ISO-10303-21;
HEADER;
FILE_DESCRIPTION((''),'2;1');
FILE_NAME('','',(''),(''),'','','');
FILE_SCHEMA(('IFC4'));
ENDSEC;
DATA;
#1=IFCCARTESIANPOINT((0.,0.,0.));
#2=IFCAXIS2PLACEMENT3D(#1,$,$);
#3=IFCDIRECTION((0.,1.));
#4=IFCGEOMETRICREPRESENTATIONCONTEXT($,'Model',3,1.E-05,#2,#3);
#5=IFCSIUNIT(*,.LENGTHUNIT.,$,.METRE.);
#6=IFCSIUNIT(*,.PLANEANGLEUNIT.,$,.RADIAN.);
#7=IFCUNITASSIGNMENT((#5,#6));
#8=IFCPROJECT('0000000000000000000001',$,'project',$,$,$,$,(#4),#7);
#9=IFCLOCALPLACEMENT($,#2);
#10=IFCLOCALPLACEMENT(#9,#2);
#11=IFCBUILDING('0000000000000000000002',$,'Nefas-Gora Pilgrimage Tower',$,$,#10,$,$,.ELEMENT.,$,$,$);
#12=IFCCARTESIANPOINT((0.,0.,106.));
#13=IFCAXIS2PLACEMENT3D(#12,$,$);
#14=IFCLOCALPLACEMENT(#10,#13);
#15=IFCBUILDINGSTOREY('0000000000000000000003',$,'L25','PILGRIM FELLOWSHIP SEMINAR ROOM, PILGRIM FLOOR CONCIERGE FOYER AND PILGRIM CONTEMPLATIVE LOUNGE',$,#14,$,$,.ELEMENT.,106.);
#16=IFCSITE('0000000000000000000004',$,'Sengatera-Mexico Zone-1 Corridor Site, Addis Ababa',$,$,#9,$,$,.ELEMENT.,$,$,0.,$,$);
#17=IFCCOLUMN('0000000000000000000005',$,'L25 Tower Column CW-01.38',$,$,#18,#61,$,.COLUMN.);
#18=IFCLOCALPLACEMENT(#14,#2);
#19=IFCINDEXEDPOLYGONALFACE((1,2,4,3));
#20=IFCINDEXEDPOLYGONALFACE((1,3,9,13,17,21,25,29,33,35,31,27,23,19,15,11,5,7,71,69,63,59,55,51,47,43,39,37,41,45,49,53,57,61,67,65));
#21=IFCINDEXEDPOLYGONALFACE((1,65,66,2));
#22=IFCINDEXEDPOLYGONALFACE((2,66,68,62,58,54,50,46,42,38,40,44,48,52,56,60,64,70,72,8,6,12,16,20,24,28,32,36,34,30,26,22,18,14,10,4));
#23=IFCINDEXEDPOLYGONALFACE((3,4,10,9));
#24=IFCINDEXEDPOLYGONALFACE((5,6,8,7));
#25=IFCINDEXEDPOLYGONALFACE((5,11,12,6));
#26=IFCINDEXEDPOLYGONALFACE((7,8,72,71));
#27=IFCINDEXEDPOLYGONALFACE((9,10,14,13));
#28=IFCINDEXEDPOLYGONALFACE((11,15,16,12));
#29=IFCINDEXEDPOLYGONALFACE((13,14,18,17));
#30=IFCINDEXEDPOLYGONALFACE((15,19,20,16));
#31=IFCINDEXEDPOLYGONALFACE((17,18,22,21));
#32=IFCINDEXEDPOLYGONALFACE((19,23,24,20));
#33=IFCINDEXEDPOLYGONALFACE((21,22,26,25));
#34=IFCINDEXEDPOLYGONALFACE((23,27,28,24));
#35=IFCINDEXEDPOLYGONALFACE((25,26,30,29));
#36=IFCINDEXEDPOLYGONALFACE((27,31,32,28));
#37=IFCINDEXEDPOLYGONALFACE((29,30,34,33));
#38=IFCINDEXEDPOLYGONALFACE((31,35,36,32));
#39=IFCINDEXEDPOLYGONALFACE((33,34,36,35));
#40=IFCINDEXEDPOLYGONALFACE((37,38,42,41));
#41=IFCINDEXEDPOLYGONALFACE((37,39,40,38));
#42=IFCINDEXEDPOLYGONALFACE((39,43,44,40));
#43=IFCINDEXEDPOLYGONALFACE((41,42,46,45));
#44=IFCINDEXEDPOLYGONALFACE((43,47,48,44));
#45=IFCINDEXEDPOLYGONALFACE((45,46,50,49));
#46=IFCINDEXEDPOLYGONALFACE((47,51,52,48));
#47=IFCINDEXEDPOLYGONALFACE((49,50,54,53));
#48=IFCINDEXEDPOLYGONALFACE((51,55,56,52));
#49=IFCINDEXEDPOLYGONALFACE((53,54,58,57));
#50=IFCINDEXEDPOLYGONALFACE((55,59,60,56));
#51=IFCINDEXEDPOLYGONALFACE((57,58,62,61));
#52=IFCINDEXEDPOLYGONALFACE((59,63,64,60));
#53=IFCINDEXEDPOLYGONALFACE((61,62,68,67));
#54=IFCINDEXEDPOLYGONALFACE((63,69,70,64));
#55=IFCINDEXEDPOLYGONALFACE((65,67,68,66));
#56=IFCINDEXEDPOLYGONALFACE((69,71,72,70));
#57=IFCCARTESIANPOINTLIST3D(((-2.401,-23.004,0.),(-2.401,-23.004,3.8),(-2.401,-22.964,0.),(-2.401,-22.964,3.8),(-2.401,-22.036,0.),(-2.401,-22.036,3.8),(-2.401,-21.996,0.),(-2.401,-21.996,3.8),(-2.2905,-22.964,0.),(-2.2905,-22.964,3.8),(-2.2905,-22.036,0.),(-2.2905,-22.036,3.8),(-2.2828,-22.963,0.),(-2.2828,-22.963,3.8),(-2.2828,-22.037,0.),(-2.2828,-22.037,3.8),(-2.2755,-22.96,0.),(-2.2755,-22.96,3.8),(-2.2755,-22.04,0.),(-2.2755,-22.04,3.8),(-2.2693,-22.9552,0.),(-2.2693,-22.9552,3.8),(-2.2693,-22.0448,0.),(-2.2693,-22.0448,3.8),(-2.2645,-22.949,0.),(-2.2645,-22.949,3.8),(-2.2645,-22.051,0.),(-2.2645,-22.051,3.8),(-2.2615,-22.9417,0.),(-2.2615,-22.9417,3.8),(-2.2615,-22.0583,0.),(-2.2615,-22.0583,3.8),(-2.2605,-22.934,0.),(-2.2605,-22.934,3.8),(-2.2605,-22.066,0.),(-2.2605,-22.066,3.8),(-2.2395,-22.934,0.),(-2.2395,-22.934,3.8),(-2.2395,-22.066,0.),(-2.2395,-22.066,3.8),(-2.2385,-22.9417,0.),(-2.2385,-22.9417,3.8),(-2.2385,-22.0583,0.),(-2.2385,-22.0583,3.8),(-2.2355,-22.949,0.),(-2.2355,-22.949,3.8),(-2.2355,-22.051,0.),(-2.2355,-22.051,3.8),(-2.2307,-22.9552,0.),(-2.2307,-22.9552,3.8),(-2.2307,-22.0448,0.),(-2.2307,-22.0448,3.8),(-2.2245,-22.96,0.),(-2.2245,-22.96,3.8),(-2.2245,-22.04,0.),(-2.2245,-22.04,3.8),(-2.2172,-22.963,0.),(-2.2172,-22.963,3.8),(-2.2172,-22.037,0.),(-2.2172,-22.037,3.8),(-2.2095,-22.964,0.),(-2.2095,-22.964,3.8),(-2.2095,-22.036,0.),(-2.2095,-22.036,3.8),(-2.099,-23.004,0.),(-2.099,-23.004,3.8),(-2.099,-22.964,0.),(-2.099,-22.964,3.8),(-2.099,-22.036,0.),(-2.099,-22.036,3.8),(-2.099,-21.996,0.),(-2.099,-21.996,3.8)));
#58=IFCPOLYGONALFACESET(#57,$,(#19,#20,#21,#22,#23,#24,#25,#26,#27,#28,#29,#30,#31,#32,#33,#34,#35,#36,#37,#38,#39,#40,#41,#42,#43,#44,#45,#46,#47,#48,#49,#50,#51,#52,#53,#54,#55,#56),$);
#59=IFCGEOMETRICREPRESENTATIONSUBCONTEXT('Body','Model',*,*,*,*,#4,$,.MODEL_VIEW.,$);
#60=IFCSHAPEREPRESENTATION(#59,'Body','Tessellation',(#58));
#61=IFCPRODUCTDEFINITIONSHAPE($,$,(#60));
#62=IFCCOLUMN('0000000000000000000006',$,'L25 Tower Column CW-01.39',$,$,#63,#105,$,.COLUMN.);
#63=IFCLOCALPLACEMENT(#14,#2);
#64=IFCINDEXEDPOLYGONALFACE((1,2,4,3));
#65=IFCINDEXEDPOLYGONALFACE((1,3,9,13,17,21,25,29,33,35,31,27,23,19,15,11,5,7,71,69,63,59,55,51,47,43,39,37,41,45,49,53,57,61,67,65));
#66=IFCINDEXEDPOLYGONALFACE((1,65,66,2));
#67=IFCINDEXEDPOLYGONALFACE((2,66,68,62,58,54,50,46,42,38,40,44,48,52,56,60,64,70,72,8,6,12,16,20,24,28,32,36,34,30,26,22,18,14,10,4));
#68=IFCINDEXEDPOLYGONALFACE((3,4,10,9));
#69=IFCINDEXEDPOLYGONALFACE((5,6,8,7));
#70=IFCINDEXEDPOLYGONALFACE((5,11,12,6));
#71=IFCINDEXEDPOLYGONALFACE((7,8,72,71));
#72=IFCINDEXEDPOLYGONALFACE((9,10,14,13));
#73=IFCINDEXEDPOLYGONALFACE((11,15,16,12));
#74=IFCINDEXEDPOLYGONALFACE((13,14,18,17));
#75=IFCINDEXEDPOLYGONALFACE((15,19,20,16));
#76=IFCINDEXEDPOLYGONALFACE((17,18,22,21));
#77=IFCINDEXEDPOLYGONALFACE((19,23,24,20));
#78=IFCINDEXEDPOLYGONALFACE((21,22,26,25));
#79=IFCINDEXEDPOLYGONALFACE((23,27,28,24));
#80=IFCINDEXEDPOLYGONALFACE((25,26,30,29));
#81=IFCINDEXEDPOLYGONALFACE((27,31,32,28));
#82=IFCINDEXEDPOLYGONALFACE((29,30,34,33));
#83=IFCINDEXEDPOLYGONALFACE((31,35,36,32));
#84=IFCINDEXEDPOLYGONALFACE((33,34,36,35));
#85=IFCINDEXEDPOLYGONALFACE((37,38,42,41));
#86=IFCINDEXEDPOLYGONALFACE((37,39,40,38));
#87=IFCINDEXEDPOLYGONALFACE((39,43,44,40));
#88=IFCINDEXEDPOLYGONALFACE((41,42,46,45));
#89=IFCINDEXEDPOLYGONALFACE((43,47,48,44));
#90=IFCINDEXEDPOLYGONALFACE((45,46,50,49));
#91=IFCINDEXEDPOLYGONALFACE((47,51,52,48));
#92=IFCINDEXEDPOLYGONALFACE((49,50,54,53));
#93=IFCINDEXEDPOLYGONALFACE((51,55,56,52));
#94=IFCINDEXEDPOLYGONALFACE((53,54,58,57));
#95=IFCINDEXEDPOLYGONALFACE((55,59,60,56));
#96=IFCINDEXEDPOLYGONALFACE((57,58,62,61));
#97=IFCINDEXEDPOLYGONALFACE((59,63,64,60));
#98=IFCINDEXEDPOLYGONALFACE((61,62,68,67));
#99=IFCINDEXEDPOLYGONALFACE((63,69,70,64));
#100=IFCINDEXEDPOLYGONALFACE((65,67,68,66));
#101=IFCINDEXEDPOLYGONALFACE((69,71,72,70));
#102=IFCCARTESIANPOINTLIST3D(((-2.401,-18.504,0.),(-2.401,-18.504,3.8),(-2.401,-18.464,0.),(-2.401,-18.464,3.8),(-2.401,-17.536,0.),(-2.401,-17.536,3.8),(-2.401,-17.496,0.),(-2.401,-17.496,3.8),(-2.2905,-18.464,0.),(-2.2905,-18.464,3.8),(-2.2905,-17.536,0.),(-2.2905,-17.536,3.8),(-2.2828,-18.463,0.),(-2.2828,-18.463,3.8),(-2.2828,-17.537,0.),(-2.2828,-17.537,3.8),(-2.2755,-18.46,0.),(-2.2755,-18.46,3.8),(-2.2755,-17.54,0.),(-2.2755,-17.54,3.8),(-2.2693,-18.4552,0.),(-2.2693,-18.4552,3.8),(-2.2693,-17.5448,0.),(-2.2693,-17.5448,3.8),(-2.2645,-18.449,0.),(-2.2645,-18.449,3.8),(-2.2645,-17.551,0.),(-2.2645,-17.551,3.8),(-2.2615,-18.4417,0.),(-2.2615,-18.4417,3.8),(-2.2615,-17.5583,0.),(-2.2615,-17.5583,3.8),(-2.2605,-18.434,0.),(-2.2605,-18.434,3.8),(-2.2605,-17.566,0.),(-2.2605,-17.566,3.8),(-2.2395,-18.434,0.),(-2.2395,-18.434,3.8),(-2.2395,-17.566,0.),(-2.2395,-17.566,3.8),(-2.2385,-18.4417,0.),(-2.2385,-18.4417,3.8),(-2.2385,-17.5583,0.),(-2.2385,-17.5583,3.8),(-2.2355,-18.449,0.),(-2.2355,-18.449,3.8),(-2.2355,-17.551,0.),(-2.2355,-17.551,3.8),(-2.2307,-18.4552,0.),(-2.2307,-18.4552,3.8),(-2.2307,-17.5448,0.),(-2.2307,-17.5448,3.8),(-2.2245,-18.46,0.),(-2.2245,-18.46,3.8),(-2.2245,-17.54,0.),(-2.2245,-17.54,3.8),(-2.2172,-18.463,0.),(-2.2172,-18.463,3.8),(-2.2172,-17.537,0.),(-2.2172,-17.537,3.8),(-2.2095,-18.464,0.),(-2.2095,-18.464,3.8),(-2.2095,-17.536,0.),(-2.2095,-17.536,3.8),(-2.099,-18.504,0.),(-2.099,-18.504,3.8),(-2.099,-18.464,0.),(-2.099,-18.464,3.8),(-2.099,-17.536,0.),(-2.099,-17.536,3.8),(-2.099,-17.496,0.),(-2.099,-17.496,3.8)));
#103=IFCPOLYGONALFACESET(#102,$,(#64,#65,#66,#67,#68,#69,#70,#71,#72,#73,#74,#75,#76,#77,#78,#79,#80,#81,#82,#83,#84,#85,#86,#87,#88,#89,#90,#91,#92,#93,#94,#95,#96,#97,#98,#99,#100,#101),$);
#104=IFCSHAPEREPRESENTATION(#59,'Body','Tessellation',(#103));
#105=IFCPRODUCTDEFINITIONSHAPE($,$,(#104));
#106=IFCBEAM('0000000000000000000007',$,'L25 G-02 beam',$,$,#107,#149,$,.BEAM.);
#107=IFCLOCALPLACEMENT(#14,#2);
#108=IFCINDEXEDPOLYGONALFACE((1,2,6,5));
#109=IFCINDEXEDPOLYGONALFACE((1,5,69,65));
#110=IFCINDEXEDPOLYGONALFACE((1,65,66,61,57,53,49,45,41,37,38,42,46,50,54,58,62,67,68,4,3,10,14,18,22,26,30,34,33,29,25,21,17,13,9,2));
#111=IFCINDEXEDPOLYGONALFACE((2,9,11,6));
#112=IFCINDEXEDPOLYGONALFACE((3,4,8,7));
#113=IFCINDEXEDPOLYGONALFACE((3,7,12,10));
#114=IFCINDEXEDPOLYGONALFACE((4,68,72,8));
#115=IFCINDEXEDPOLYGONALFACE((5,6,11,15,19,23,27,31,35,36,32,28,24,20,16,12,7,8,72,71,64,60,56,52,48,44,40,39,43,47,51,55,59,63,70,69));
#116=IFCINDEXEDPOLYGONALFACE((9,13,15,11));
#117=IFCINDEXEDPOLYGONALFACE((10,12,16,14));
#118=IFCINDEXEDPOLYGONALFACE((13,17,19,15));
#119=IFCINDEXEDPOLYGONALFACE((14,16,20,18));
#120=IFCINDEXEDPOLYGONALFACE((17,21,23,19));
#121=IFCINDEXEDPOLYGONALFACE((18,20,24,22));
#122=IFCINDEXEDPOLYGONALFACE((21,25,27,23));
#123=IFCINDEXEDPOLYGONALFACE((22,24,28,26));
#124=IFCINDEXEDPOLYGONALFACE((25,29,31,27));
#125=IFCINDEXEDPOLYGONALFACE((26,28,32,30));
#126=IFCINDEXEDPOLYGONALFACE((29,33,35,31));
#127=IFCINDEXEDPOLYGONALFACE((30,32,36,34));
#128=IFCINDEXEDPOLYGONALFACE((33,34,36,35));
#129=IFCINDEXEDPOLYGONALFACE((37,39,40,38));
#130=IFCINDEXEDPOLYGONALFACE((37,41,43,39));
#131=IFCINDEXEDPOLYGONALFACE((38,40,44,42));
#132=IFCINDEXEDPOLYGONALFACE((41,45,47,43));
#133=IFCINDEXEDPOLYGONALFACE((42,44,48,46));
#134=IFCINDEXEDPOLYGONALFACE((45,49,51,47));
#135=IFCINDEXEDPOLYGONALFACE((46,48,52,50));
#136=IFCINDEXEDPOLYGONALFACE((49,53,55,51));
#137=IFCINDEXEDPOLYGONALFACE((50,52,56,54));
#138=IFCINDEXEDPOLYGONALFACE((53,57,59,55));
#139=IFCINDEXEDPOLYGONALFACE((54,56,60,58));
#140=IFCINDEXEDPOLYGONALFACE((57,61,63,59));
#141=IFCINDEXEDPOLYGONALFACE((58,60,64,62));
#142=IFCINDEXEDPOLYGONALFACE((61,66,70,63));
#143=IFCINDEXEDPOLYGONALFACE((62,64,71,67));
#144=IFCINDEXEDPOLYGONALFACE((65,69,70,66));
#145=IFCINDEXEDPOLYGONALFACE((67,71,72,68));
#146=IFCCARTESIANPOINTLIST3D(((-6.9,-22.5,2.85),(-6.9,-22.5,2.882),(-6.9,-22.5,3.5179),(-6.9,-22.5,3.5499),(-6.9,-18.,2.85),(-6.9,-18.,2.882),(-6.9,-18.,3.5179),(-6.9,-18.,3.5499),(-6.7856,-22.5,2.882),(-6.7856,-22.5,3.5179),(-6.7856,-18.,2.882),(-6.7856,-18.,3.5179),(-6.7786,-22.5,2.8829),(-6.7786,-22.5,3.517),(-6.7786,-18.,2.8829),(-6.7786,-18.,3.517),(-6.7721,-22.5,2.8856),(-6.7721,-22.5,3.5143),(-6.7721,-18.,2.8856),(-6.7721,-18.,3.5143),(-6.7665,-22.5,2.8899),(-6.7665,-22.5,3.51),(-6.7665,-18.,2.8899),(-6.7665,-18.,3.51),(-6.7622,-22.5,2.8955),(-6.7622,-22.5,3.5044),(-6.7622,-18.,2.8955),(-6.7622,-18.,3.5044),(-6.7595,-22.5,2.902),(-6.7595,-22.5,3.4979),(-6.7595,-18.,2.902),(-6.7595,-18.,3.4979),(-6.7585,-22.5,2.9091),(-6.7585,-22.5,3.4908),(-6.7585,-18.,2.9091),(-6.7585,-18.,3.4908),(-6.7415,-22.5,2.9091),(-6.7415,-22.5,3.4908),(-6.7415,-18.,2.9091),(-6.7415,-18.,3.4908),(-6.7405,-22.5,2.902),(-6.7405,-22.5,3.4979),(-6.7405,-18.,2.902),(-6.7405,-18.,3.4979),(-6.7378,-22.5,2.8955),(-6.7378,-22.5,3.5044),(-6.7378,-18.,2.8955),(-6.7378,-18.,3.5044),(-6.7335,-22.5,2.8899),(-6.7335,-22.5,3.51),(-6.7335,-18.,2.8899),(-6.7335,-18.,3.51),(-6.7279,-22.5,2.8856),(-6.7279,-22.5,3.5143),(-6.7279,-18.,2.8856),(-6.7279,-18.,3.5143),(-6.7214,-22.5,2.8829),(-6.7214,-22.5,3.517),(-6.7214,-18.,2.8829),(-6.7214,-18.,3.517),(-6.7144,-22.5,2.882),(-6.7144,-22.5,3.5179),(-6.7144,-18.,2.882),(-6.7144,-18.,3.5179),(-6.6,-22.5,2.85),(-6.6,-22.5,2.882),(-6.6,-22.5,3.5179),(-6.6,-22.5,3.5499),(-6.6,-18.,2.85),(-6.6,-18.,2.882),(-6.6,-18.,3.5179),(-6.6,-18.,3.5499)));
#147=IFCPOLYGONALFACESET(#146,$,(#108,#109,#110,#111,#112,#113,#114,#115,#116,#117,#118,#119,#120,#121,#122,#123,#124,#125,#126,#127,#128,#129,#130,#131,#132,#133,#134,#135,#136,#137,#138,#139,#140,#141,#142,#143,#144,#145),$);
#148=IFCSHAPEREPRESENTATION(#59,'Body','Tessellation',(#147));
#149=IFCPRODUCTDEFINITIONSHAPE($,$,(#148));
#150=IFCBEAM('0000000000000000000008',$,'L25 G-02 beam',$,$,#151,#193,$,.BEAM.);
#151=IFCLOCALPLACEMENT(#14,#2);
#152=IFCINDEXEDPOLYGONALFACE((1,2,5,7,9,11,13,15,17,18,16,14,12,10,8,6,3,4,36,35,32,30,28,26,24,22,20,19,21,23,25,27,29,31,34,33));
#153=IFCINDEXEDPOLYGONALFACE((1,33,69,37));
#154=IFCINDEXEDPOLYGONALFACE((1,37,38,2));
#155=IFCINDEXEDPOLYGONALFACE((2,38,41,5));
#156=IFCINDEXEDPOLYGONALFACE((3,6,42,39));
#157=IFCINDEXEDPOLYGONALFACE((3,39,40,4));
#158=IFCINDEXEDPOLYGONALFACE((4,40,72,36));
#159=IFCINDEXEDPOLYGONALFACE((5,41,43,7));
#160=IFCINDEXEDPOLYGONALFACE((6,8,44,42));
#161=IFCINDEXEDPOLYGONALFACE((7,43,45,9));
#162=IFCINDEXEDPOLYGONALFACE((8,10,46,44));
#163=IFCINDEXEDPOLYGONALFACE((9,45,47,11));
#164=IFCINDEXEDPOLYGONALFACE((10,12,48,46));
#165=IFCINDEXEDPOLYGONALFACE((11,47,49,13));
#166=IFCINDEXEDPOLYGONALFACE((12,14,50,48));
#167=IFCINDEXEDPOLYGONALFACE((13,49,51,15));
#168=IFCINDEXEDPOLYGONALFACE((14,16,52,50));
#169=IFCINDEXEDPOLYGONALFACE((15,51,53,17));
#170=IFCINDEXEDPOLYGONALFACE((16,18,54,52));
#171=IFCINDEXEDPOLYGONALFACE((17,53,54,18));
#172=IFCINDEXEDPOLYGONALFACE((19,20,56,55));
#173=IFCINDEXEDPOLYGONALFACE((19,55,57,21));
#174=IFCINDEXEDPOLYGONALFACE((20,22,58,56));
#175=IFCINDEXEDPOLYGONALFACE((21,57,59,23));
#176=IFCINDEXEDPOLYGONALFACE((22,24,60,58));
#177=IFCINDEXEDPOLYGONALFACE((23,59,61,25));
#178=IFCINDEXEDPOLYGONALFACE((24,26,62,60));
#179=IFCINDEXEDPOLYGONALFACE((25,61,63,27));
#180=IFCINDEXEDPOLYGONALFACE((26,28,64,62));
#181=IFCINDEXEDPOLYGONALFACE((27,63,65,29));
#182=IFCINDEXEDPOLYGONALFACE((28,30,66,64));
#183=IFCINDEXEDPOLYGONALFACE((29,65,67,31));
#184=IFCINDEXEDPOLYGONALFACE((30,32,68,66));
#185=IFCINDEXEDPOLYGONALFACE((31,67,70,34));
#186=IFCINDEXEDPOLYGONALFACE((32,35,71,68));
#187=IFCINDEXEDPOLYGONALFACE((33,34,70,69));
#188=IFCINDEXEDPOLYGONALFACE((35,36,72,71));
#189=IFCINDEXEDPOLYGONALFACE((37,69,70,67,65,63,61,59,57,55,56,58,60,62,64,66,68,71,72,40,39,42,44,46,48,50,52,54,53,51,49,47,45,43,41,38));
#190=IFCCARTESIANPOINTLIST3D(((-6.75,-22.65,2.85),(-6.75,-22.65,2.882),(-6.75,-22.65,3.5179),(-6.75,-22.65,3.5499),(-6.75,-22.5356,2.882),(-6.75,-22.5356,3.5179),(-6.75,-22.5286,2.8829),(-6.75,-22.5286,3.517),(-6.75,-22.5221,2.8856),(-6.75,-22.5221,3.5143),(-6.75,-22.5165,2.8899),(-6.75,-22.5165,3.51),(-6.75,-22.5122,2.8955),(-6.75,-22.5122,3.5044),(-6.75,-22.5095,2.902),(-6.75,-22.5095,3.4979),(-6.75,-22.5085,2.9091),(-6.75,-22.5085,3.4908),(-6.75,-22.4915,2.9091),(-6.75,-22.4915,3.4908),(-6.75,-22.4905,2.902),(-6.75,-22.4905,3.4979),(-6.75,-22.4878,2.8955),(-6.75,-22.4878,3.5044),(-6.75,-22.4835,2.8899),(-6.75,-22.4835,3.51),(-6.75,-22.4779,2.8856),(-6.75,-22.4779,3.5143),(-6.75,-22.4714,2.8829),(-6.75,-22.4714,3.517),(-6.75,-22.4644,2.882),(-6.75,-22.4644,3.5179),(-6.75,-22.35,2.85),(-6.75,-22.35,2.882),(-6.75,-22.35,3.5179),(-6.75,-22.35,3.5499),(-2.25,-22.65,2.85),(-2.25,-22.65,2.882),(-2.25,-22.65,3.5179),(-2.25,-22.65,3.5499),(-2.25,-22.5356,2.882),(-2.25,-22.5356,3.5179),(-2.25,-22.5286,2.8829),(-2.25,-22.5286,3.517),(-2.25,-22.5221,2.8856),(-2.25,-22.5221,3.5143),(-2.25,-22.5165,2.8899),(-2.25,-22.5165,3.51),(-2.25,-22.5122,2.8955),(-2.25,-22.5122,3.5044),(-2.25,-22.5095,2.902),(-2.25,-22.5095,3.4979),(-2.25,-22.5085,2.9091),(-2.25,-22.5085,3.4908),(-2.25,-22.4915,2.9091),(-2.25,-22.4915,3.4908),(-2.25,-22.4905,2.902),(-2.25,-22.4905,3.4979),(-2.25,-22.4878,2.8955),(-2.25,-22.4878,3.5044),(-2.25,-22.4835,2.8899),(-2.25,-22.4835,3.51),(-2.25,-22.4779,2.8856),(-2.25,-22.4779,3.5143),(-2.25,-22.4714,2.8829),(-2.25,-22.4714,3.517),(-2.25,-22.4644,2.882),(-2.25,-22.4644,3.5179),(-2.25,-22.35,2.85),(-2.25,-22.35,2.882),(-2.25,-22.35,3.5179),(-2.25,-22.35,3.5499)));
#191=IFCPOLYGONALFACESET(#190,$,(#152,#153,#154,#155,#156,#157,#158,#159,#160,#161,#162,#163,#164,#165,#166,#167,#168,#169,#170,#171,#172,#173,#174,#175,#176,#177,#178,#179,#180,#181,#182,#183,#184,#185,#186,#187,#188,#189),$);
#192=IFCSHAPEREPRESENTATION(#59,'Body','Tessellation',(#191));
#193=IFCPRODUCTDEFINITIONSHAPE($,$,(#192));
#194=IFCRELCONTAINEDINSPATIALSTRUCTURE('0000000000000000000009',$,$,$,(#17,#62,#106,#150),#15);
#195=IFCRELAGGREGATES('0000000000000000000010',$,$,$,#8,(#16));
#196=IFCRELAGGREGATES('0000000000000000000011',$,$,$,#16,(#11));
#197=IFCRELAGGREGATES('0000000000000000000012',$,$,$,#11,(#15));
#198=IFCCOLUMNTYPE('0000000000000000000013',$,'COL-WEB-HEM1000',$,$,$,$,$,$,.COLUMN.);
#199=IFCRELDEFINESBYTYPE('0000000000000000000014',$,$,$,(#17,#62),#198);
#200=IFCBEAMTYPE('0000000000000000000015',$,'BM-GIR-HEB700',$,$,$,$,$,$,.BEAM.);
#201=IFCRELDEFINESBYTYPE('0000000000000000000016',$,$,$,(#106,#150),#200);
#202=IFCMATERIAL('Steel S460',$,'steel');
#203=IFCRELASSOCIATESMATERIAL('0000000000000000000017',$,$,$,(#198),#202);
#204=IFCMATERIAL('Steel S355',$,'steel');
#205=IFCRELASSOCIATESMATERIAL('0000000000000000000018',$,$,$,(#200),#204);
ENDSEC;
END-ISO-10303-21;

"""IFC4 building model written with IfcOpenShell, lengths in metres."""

from ifc_helpers import new_model, si_unit, direction, frame, origin, origin_2d, place, context, subcontext, project, spatial, i_section, extrude, source, transform, mapped, material, material_profile, profile_set, type_object, element, save


model = new_model("IFC4")

# Units and contexts
model_context = context("Model", 3, precision=1e-05, world=origin(), true_north=direction((0.0, 1.0)))
body_context = subcontext(model_context, "Body", "Model", "MODEL_VIEW")
ifc_project = project(units=[si_unit("LENGTHUNIT", "METRE"), si_unit("PLANEANGLEUNIT", "RADIAN")], contexts=[model_context])

# Site, building, storey
site_placement = place(None, origin())
site = spatial("IfcSite", under=ifc_project, at=site_placement, Name="Sengatera-Mexico Zone-1 Corridor Site, Addis Ababa", CompositionType="ELEMENT", RefElevation=0.0)
building_placement = place(site_placement, origin())
building = spatial("IfcBuilding", under=site, at=building_placement, Name="Nefas-Gora Pilgrimage Tower", CompositionType="ELEMENT")
storey_placement = place(building_placement, frame((0.0, 0.0, 106.0)))
storey = spatial("IfcBuildingStorey", under=building, at=storey_placement, Name="L25", Description="PILGRIM FELLOWSHIP SEMINAR ROOM, PILGRIM FLOOR CONCIERGE FOYER AND PILGRIM CONTEMPLATIVE LOUNGE", CompositionType="ELEMENT", Elevation=106.0)

# Columns
ifc_material_1 = material(Name="Steel S460", Category="steel")
ifc_material_profile_1 = material_profile(ifc_material_1, i_section(OverallWidth=0.302, OverallDepth=1.0081, WebThickness=0.021, FlangeThickness=0.04, FilletRadius=0.03, at=origin_2d()), Name="HEM 1000")
ifc_profile_set_1 = profile_set([ifc_material_profile_1], Name="Steel S460")
column_type_1 = type_object("IfcColumnType", Name="COL-WEB-HEM1000", PredefinedType="COLUMN", material=ifc_profile_set_1)
shared_shape_1 = source(origin(), body_context, "Body", "SweptSolid", [
    extrude(i_section(OverallWidth=0.302, OverallDepth=1.0081, WebThickness=0.021, FlangeThickness=0.04, FilletRadius=0.03, at=origin_2d()), origin(), (0.0, 0.0, 1.0), 3.8),
])
for number, where, z_axis, x_axis, name in (
    (1, (-2.25, -22.5, 0.0), (0.0, 0.0, 1.0), (1.0, 0.0, 0.0), "L25 Tower Column CW-01.38"),
    (2, (-2.25, -18.0, 0.0), (0.0, 0.0, 1.0), (1.0, 0.0, 0.0), "L25 Tower Column CW-01.39"),
):
    element("IfcColumn", number, at=place(storey_placement, frame(where, z_axis=z_axis, x_axis=x_axis)), inside=storey, type_object=column_type_1, Name=name, PredefinedType="COLUMN", context=body_context, shape_type="MappedRepresentation", body=[
        mapped(shared_shape_1, transform((0.0, 0.0, 0.0), x_axis=(1.0, 0.0, 0.0), y_axis=(0.0, 1.0, 0.0), z_axis=(0.0, 0.0, 1.0), scale=1.0)),
    ])

# Beams
ifc_material_2 = material(Name="Steel S355", Category="steel")
ifc_material_profile_2 = material_profile(ifc_material_2, i_section(OverallWidth=0.3, OverallDepth=0.7, WebThickness=0.0171, FlangeThickness=0.032, FilletRadius=0.0271, at=origin_2d()), Name="HEB 700")
ifc_profile_set_2 = profile_set([ifc_material_profile_2], Name="Steel S355")
beam_type = type_object("IfcBeamType", Name="BM-GIR-HEB700", PredefinedType="BEAM", material=ifc_profile_set_2)
shared_shape_2 = source(origin(), body_context, "Body", "SweptSolid", [
    extrude(i_section(OverallWidth=0.3, OverallDepth=0.7, WebThickness=0.0171, FlangeThickness=0.032, FilletRadius=0.0271, at=origin_2d()), origin(), (0.0, 0.0, 1.0), 4.5),
])
for number, where, z_axis, x_axis, name in (
    (3, (-6.75, -22.5, 3.2), (0.0, 1.0, 0.0), (-1.0, 0.0, 0.0), "L25 G-02 beam"),
    (4, (-6.75, -22.5, 3.2), (1.0, 0.0, 0.0), (0.0, 1.0, 0.0), "L25 G-02 beam"),
):
    element("IfcBeam", number, at=place(storey_placement, frame(where, z_axis=z_axis, x_axis=x_axis)), inside=storey, type_object=beam_type, Name=name, PredefinedType="BEAM", context=body_context, shape_type="MappedRepresentation", body=[
        mapped(shared_shape_2, transform((0.0, 0.0, 0.0), x_axis=(1.0, 0.0, 0.0), y_axis=(0.0, 1.0, 0.0), z_axis=(0.0, 0.0, 1.0), scale=1.0)),
    ])

save(model, "model.ifc")
